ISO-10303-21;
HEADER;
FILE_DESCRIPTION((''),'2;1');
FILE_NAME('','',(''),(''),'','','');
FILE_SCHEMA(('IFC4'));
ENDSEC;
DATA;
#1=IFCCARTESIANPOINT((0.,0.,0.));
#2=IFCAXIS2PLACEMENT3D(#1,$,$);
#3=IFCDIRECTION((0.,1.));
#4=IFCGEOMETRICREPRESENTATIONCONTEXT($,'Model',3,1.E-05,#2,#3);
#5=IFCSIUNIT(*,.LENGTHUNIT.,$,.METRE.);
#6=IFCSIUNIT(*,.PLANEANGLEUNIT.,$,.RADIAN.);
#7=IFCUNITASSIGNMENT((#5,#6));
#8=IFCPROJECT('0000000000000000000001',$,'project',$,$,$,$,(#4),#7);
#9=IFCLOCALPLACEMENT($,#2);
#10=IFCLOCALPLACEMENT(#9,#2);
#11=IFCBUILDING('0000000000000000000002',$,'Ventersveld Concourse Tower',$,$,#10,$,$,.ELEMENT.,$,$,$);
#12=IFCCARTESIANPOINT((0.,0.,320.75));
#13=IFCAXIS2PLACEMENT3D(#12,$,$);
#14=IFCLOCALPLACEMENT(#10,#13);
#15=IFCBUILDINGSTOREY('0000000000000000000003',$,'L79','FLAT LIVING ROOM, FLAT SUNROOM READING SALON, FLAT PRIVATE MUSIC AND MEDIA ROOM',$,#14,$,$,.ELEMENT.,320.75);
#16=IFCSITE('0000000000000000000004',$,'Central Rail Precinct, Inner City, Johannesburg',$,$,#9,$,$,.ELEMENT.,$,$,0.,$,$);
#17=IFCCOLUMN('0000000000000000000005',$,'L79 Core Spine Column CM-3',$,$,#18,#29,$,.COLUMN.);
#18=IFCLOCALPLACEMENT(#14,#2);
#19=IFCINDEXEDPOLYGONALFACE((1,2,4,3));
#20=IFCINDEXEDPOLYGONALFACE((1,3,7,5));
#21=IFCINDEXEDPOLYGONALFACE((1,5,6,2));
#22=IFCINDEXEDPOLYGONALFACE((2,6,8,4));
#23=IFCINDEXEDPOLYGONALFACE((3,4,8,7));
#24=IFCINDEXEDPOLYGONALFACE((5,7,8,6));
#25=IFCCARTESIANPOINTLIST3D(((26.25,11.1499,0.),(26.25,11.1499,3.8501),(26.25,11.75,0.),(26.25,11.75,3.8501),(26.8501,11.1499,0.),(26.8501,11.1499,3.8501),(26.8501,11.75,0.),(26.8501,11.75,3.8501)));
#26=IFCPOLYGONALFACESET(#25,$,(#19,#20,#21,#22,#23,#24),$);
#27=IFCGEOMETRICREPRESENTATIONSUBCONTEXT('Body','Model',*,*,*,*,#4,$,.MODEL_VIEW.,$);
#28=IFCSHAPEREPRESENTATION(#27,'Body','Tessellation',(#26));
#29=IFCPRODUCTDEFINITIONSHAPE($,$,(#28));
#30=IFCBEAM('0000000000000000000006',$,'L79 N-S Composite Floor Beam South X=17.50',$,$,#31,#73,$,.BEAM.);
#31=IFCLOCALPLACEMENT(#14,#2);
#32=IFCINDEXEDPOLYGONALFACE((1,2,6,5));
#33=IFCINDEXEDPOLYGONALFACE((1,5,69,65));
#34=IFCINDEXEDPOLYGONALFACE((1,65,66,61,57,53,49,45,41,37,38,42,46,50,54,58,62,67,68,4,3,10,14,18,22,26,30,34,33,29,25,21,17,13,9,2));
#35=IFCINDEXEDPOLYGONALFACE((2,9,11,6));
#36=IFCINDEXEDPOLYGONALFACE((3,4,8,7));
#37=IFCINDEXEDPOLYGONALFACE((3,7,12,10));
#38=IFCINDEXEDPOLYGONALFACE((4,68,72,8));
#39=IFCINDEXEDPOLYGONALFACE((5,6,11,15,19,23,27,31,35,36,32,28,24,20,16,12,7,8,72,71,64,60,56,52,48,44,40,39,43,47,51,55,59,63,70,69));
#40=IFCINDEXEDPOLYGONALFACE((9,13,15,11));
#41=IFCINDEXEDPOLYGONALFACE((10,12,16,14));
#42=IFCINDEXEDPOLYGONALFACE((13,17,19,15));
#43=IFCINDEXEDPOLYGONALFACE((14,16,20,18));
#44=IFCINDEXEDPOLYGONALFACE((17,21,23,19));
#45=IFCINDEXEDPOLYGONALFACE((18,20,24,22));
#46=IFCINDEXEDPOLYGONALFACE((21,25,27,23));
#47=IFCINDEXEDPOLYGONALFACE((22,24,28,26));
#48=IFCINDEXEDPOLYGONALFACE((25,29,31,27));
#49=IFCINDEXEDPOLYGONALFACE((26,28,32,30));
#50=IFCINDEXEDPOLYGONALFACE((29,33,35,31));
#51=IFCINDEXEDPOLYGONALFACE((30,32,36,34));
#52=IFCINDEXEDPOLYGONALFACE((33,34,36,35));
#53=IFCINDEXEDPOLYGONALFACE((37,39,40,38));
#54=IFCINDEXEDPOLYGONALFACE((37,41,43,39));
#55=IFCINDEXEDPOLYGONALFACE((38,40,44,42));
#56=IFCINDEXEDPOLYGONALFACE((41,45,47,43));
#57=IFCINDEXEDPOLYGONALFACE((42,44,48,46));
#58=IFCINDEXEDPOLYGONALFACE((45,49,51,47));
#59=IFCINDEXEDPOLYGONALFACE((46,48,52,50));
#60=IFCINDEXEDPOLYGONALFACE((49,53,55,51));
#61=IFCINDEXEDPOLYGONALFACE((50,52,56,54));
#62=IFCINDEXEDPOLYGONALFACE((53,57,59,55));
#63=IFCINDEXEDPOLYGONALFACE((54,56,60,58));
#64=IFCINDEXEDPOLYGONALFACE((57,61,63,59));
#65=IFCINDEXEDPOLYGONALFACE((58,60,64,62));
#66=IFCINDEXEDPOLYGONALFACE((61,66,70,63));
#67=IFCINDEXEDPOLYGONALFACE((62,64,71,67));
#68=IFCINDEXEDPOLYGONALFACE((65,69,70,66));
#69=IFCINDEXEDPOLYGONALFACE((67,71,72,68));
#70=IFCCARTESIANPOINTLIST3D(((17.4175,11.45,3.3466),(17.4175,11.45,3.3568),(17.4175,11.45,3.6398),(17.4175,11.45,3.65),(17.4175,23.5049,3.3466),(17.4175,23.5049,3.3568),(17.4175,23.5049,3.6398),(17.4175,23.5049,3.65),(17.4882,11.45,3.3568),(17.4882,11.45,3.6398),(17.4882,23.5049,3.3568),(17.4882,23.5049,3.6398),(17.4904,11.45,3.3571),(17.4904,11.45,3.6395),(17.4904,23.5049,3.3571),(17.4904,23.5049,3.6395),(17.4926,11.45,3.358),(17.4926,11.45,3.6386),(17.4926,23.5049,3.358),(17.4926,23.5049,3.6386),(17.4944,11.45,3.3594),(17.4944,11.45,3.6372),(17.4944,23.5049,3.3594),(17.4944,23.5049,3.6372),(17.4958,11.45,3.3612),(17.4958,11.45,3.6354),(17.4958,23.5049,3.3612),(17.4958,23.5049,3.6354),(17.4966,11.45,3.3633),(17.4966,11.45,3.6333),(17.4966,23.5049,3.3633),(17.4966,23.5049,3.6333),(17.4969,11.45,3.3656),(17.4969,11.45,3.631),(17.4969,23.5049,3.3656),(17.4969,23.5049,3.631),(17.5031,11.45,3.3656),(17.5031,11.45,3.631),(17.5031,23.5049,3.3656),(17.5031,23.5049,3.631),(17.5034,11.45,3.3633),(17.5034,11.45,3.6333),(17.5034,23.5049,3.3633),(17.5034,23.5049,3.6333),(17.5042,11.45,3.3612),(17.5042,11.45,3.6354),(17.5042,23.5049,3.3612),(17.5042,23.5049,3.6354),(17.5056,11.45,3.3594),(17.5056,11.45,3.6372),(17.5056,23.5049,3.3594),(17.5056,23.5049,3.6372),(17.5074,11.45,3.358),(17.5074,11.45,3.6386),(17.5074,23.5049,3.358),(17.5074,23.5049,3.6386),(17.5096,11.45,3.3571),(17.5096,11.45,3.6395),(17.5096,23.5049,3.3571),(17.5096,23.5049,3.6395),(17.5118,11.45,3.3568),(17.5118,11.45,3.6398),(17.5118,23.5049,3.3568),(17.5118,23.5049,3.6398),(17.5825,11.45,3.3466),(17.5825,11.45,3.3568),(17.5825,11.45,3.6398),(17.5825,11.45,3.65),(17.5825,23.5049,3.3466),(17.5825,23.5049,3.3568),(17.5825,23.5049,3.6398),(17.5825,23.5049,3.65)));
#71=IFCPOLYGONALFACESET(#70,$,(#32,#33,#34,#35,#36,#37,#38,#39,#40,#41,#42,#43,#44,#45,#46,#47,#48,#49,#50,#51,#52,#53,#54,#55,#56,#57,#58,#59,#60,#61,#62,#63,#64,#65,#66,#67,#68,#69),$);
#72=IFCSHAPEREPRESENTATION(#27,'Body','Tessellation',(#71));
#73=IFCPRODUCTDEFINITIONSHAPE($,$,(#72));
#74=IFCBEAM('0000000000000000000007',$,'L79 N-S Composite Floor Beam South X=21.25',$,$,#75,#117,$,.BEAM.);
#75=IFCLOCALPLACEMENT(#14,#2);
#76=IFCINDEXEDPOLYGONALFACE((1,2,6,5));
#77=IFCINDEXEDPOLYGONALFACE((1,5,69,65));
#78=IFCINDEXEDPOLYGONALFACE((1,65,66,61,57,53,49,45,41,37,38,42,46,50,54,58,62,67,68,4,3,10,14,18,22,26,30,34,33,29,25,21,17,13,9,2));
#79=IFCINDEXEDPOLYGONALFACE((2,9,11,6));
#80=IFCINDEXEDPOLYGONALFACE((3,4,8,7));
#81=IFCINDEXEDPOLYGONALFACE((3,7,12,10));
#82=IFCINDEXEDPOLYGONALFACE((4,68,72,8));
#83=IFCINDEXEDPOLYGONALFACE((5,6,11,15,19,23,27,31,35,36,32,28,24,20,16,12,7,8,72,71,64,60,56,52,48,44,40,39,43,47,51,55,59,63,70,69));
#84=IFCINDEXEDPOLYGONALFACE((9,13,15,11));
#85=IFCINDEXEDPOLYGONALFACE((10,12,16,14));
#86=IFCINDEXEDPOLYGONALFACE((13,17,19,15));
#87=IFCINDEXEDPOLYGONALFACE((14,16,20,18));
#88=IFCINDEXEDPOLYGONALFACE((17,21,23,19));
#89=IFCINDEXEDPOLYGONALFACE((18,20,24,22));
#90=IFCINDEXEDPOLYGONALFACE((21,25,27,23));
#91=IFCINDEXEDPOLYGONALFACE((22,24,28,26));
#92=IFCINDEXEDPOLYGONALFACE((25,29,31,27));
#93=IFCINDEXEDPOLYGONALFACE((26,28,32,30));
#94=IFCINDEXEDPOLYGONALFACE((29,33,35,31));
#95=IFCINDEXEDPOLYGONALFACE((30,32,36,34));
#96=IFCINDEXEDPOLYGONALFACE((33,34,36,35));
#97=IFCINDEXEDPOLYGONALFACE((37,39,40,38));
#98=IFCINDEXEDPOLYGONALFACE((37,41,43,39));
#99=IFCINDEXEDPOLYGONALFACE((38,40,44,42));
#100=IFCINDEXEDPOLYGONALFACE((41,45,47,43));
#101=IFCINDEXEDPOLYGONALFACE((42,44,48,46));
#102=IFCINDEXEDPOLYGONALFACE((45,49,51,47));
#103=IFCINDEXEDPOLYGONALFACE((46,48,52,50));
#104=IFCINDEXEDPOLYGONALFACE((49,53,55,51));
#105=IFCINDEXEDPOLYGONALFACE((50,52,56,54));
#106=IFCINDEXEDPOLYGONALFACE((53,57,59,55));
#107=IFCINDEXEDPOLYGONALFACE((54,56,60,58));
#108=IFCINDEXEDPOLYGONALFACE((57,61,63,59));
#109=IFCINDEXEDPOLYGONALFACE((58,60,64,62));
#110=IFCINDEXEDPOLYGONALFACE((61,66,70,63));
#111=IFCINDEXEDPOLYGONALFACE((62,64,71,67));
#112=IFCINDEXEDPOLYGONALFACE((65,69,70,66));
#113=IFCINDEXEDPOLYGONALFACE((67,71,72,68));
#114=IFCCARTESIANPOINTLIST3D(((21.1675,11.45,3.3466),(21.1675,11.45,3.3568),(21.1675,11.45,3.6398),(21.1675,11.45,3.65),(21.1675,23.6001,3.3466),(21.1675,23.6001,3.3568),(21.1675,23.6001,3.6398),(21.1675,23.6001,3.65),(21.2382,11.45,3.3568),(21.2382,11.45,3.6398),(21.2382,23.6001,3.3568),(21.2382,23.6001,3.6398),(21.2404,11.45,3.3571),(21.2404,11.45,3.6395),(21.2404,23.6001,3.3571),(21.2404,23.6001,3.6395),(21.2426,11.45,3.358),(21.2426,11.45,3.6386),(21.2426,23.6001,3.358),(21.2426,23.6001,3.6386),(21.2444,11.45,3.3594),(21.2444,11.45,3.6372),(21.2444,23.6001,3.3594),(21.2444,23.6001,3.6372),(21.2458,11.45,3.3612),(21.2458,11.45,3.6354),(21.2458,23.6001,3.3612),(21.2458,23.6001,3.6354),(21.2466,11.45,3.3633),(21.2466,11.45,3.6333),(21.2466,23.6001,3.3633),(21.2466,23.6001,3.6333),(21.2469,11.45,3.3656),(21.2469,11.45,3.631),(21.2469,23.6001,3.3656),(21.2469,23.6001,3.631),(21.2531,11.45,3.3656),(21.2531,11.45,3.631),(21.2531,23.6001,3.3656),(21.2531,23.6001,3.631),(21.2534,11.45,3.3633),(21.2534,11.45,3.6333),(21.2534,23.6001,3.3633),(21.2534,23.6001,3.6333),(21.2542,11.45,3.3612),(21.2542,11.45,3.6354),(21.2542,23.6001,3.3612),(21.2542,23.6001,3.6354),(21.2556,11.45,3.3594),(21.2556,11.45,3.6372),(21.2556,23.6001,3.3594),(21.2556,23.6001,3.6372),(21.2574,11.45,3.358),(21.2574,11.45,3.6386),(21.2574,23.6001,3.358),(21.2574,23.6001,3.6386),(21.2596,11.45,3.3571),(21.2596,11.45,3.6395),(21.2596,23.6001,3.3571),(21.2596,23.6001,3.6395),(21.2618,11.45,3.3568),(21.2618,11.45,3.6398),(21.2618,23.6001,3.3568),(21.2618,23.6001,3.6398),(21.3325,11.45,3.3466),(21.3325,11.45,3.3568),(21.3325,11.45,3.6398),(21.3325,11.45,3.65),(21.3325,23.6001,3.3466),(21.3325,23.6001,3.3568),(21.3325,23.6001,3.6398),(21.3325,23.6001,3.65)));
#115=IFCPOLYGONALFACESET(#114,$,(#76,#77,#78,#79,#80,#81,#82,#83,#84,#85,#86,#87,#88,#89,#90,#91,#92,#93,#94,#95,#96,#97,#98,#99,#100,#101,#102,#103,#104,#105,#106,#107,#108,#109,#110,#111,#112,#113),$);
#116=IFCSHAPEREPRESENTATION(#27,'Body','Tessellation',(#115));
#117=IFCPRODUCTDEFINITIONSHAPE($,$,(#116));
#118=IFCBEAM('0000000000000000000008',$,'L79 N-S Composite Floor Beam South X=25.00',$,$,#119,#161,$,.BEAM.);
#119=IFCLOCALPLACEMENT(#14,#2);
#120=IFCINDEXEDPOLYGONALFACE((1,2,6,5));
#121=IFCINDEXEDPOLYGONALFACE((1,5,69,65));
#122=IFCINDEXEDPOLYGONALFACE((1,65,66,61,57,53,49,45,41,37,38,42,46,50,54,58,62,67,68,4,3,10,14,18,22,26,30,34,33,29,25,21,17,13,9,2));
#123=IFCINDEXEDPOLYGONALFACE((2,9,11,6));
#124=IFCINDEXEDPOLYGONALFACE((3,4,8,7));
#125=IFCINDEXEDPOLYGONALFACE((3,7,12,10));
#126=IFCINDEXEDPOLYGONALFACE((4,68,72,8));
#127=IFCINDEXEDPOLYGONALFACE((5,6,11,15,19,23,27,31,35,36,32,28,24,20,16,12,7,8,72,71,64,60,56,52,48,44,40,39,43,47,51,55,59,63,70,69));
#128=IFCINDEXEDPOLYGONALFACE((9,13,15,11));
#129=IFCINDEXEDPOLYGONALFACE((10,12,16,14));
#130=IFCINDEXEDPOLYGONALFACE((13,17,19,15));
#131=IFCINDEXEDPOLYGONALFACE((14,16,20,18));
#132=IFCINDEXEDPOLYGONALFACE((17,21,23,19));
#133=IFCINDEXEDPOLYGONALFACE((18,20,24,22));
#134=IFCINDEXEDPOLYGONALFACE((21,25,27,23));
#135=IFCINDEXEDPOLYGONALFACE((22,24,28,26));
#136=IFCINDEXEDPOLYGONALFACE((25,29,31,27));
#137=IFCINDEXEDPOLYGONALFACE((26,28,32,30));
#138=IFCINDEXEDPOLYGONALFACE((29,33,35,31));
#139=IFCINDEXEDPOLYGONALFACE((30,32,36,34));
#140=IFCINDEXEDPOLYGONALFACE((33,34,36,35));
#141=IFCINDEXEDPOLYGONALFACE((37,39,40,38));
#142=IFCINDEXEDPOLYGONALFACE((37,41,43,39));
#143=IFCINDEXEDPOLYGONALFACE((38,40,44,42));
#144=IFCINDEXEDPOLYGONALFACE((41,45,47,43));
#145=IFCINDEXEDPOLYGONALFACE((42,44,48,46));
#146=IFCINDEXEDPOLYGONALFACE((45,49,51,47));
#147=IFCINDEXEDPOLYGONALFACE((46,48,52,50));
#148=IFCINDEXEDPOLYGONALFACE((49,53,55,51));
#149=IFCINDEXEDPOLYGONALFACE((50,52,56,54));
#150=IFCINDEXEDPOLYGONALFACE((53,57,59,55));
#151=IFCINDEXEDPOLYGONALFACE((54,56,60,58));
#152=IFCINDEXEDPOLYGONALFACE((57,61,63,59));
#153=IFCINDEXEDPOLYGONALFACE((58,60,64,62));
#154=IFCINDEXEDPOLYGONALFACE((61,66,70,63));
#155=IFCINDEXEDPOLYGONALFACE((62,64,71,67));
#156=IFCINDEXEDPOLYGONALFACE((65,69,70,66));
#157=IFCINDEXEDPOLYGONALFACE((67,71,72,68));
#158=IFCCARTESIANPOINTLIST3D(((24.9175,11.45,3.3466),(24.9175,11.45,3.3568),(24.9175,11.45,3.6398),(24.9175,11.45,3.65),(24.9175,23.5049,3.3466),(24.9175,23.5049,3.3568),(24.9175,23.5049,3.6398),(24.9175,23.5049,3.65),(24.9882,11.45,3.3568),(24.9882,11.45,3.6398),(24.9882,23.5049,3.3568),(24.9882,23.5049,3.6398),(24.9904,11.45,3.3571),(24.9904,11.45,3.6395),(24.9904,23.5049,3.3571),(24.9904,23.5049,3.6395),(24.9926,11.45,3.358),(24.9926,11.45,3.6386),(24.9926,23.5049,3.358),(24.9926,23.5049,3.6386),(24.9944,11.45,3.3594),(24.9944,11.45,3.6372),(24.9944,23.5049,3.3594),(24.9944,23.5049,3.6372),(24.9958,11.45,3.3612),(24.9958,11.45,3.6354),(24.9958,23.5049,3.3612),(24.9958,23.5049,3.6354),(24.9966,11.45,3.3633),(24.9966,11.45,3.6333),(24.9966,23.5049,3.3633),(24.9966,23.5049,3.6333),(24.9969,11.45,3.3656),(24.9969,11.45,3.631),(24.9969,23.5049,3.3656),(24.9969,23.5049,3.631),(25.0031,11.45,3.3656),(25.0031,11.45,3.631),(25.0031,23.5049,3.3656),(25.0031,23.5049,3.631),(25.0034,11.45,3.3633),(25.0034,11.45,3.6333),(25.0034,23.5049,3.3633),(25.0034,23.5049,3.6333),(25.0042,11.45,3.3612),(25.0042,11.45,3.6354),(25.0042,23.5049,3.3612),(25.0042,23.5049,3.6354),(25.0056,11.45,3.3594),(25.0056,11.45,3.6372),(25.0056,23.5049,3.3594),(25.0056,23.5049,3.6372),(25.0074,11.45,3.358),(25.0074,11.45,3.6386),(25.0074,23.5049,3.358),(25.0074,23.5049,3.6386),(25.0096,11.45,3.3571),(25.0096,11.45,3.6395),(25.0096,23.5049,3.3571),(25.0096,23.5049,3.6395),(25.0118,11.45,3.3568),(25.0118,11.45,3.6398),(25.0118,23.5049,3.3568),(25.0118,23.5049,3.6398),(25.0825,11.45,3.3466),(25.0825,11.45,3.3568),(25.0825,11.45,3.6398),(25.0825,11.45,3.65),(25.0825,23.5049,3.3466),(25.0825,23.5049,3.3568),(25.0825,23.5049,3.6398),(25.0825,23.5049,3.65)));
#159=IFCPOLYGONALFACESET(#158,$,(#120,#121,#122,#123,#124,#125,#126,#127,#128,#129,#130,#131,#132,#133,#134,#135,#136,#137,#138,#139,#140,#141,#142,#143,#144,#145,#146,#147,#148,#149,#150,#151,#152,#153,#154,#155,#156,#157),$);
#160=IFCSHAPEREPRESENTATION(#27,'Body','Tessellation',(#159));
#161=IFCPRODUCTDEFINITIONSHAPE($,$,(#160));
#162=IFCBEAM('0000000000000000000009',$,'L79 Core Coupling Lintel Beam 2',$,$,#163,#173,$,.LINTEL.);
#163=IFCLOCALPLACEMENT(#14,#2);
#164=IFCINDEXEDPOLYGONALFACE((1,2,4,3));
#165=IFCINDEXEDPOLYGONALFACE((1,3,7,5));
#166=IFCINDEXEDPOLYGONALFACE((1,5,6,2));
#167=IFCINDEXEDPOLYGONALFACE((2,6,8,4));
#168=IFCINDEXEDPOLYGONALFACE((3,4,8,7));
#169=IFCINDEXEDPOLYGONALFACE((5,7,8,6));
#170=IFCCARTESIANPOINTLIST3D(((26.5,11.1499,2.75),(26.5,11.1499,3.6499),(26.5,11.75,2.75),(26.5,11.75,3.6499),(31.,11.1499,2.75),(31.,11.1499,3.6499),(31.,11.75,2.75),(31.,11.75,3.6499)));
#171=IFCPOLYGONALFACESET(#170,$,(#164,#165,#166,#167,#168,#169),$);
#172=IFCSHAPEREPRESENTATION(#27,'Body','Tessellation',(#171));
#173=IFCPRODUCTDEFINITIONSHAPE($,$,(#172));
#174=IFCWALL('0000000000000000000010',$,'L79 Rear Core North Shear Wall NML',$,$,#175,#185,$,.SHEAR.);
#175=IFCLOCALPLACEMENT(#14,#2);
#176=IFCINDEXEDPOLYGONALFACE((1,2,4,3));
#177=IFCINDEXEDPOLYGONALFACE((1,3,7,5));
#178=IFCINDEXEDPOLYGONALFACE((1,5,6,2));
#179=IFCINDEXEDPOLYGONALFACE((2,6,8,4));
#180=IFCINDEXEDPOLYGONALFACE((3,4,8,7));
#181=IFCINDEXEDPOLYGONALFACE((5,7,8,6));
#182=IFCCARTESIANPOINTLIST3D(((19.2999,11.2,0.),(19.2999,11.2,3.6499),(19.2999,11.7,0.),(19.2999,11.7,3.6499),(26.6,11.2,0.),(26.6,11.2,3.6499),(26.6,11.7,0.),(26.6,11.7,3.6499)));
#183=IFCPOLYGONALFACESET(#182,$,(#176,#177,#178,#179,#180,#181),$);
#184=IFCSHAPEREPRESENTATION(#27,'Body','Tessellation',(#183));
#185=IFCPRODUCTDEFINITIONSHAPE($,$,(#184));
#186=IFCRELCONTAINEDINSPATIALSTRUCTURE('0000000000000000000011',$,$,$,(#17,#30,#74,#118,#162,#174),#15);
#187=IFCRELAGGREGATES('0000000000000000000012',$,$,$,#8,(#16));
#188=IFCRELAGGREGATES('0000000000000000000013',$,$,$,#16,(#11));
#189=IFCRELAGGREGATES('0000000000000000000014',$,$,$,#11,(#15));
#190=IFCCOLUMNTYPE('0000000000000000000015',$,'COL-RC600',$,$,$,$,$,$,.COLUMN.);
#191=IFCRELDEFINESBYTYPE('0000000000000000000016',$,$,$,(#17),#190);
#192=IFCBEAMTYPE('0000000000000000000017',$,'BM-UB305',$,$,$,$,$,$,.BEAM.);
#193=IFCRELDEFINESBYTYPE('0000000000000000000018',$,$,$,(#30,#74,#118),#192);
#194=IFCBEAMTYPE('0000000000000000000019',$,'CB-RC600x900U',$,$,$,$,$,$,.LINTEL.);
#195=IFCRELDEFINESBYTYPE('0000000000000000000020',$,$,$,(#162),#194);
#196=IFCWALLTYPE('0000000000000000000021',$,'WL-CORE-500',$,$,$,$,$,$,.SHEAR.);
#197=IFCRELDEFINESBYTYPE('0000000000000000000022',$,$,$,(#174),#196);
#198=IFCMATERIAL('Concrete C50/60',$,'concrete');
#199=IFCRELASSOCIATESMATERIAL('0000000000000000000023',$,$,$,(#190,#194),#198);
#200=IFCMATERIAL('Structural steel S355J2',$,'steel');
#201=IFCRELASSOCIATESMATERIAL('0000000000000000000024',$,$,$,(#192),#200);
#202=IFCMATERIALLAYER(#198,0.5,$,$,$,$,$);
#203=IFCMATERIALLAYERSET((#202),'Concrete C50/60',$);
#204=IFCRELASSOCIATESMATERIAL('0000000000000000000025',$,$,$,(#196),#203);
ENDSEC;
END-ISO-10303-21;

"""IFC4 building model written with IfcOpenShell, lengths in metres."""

from ifc_helpers import new_model, si_unit, direction, frame, frame_2d, origin, origin_2d, place, context, subcontext, project, spatial, rectangle, i_section, extrude, material, layer, layer_set, material_profile, profile_set, type_object, element, save


model = new_model("IFC4")

# Units and contexts
model_context = context("Model", 3, precision=1e-05, world=origin(), true_north=direction((0.0, 1.0)))
body_context = subcontext(model_context, "Body", "Model", "MODEL_VIEW")
ifc_project = project(units=[si_unit("LENGTHUNIT", "METRE"), si_unit("PLANEANGLEUNIT", "RADIAN")], contexts=[model_context])

# Site, building, storey
site_placement = place(None, origin())
site = spatial("IfcSite", under=ifc_project, at=site_placement, Name="Central Rail Precinct, Inner City, Johannesburg", CompositionType="ELEMENT", RefElevation=0.0)
building_placement = place(site_placement, origin())
building = spatial("IfcBuilding", under=site, at=building_placement, Name="Ventersveld Concourse Tower", CompositionType="ELEMENT")
storey_placement = place(building_placement, frame((0.0, 0.0, 320.75)))
storey = spatial("IfcBuildingStorey", under=building, at=storey_placement, Name="L79", Description="FLAT LIVING ROOM, FLAT SUNROOM READING SALON, FLAT PRIVATE MUSIC AND MEDIA ROOM", CompositionType="ELEMENT", Elevation=320.75)

# Column
ifc_material_1 = material(Name="Concrete C50/60", Category="concrete")
ifc_material_profile_1 = material_profile(ifc_material_1, rectangle(XDim=0.6001, YDim=0.6001, at=origin_2d()), Name="RC 600x600")
ifc_profile_set_1 = profile_set([ifc_material_profile_1], Name="Concrete C50/60")
column_type = type_object("IfcColumnType", Name="COL-RC600", PredefinedType="COLUMN", material=ifc_profile_set_1)
column_placement = place(storey_placement, frame((26.55, 11.45, 0.0), z_axis=(0.0, 0.0, 1.0), x_axis=(1.0, 0.0, 0.0)))
element("IfcColumn", 1, at=column_placement, inside=storey, type_object=column_type, Name="L79 Core Spine Column CM-3", PredefinedType="COLUMN", context=body_context, shape_type="SweptSolid", body=[
    extrude(rectangle(XDim=0.6001, YDim=0.6001, at=origin_2d()), origin(), (0.0, 0.0, 1.0), 3.8501),
])

# Beams
ifc_material_2 = material(Name="Structural steel S355J2", Category="steel")
ifc_material_profile_2 = material_profile(ifc_material_2, i_section(OverallWidth=0.165, OverallDepth=0.3035, WebThickness=0.0061, FlangeThickness=0.0103, FilletRadius=0.0088, at=origin_2d()), Name="UB 305x165x40")
ifc_profile_set_2 = profile_set([ifc_material_profile_2], Name="Structural steel S355J2")
beam_type_1 = type_object("IfcBeamType", Name="BM-UB305", PredefinedType="BEAM", material=ifc_profile_set_2)
beam_1_placement = place(storey_placement, frame((17.5, 11.45, 3.4983), z_axis=(0.0, 1.0, 0.0), x_axis=(-1.0, 0.0, 0.0)))
element("IfcBeam", 2, at=beam_1_placement, inside=storey, type_object=beam_type_1, Name="L79 N-S Composite Floor Beam South X=17.50", PredefinedType="BEAM", context=body_context, shape_type="SweptSolid", body=[
    extrude(i_section(OverallWidth=0.165, OverallDepth=0.3035, WebThickness=0.0061, FlangeThickness=0.0103, FilletRadius=0.0088, at=origin_2d()), origin(), (0.0, 0.0, 1.0), 12.0549),
])
beam_2_placement = place(storey_placement, frame((21.25, 11.45, 3.4983), z_axis=(0.0, 1.0, 0.0), x_axis=(-1.0, 0.0, 0.0)))
element("IfcBeam", 3, at=beam_2_placement, inside=storey, type_object=beam_type_1, Name="L79 N-S Composite Floor Beam South X=21.25", PredefinedType="BEAM", context=body_context, shape_type="SweptSolid", body=[
    extrude(i_section(OverallWidth=0.165, OverallDepth=0.3035, WebThickness=0.0061, FlangeThickness=0.0103, FilletRadius=0.0088, at=origin_2d()), origin(), (0.0, 0.0, 1.0), 12.1501),
])
beam_3_placement = place(storey_placement, frame((25.0, 11.45, 3.4983), z_axis=(0.0, 1.0, 0.0), x_axis=(-1.0, 0.0, 0.0)))
element("IfcBeam", 4, at=beam_3_placement, inside=storey, type_object=beam_type_1, Name="L79 N-S Composite Floor Beam South X=25.00", PredefinedType="BEAM", context=body_context, shape_type="SweptSolid", body=[
    extrude(i_section(OverallWidth=0.165, OverallDepth=0.3035, WebThickness=0.0061, FlangeThickness=0.0103, FilletRadius=0.0088, at=origin_2d()), origin(), (0.0, 0.0, 1.0), 12.0549),
])
ifc_material_profile_3 = material_profile(ifc_material_1, rectangle(XDim=0.6001, YDim=0.8999, at=origin_2d()), Name="RC 600x900")
ifc_profile_set_3 = profile_set([ifc_material_profile_3], Name="Concrete C50/60")
beam_type_2 = type_object("IfcBeamType", Name="CB-RC600x900U", PredefinedType="LINTEL", material=ifc_profile_set_3)
beam_4_placement = place(storey_placement, frame((26.5, 11.45, 3.2), z_axis=(1.0, 0.0, 0.0), x_axis=(0.0, 1.0, 0.0)))
element("IfcBeam", 5, at=beam_4_placement, inside=storey, type_object=beam_type_2, Name="L79 Core Coupling Lintel Beam 2", PredefinedType="LINTEL", context=body_context, shape_type="SweptSolid", body=[
    extrude(rectangle(XDim=0.6001, YDim=0.8999, at=origin_2d()), origin(), (0.0, 0.0, 1.0), 4.5),
])

# Wall
ifc_layer_1 = layer(ifc_material_1, 0.5)
ifc_layer_set_1 = layer_set([ifc_layer_1], Name="Concrete C50/60")
wall_type_1 = type_object("IfcWallType", Name="WL-CORE-500", PredefinedType="SHEAR", material=ifc_layer_set_1)
wall_1_placement = place(storey_placement, frame((19.3, 11.45, 0.0), z_axis=(0.0, 0.0, 1.0), x_axis=(1.0, 0.0, 0.0)))
element("IfcWall", 6, at=wall_1_placement, inside=storey, type_object=wall_type_1, Name="L79 Rear Core North Shear Wall NML", PredefinedType="SHEAR", context=body_context, shape_type="SweptSolid", body=[
    extrude(rectangle(XDim=7.3, YDim=0.5, at=frame_2d((3.6499, 0.0))), origin(), (0.0, 0.0, 1.0), 3.6499),
])

save(model, "model.ifc")
